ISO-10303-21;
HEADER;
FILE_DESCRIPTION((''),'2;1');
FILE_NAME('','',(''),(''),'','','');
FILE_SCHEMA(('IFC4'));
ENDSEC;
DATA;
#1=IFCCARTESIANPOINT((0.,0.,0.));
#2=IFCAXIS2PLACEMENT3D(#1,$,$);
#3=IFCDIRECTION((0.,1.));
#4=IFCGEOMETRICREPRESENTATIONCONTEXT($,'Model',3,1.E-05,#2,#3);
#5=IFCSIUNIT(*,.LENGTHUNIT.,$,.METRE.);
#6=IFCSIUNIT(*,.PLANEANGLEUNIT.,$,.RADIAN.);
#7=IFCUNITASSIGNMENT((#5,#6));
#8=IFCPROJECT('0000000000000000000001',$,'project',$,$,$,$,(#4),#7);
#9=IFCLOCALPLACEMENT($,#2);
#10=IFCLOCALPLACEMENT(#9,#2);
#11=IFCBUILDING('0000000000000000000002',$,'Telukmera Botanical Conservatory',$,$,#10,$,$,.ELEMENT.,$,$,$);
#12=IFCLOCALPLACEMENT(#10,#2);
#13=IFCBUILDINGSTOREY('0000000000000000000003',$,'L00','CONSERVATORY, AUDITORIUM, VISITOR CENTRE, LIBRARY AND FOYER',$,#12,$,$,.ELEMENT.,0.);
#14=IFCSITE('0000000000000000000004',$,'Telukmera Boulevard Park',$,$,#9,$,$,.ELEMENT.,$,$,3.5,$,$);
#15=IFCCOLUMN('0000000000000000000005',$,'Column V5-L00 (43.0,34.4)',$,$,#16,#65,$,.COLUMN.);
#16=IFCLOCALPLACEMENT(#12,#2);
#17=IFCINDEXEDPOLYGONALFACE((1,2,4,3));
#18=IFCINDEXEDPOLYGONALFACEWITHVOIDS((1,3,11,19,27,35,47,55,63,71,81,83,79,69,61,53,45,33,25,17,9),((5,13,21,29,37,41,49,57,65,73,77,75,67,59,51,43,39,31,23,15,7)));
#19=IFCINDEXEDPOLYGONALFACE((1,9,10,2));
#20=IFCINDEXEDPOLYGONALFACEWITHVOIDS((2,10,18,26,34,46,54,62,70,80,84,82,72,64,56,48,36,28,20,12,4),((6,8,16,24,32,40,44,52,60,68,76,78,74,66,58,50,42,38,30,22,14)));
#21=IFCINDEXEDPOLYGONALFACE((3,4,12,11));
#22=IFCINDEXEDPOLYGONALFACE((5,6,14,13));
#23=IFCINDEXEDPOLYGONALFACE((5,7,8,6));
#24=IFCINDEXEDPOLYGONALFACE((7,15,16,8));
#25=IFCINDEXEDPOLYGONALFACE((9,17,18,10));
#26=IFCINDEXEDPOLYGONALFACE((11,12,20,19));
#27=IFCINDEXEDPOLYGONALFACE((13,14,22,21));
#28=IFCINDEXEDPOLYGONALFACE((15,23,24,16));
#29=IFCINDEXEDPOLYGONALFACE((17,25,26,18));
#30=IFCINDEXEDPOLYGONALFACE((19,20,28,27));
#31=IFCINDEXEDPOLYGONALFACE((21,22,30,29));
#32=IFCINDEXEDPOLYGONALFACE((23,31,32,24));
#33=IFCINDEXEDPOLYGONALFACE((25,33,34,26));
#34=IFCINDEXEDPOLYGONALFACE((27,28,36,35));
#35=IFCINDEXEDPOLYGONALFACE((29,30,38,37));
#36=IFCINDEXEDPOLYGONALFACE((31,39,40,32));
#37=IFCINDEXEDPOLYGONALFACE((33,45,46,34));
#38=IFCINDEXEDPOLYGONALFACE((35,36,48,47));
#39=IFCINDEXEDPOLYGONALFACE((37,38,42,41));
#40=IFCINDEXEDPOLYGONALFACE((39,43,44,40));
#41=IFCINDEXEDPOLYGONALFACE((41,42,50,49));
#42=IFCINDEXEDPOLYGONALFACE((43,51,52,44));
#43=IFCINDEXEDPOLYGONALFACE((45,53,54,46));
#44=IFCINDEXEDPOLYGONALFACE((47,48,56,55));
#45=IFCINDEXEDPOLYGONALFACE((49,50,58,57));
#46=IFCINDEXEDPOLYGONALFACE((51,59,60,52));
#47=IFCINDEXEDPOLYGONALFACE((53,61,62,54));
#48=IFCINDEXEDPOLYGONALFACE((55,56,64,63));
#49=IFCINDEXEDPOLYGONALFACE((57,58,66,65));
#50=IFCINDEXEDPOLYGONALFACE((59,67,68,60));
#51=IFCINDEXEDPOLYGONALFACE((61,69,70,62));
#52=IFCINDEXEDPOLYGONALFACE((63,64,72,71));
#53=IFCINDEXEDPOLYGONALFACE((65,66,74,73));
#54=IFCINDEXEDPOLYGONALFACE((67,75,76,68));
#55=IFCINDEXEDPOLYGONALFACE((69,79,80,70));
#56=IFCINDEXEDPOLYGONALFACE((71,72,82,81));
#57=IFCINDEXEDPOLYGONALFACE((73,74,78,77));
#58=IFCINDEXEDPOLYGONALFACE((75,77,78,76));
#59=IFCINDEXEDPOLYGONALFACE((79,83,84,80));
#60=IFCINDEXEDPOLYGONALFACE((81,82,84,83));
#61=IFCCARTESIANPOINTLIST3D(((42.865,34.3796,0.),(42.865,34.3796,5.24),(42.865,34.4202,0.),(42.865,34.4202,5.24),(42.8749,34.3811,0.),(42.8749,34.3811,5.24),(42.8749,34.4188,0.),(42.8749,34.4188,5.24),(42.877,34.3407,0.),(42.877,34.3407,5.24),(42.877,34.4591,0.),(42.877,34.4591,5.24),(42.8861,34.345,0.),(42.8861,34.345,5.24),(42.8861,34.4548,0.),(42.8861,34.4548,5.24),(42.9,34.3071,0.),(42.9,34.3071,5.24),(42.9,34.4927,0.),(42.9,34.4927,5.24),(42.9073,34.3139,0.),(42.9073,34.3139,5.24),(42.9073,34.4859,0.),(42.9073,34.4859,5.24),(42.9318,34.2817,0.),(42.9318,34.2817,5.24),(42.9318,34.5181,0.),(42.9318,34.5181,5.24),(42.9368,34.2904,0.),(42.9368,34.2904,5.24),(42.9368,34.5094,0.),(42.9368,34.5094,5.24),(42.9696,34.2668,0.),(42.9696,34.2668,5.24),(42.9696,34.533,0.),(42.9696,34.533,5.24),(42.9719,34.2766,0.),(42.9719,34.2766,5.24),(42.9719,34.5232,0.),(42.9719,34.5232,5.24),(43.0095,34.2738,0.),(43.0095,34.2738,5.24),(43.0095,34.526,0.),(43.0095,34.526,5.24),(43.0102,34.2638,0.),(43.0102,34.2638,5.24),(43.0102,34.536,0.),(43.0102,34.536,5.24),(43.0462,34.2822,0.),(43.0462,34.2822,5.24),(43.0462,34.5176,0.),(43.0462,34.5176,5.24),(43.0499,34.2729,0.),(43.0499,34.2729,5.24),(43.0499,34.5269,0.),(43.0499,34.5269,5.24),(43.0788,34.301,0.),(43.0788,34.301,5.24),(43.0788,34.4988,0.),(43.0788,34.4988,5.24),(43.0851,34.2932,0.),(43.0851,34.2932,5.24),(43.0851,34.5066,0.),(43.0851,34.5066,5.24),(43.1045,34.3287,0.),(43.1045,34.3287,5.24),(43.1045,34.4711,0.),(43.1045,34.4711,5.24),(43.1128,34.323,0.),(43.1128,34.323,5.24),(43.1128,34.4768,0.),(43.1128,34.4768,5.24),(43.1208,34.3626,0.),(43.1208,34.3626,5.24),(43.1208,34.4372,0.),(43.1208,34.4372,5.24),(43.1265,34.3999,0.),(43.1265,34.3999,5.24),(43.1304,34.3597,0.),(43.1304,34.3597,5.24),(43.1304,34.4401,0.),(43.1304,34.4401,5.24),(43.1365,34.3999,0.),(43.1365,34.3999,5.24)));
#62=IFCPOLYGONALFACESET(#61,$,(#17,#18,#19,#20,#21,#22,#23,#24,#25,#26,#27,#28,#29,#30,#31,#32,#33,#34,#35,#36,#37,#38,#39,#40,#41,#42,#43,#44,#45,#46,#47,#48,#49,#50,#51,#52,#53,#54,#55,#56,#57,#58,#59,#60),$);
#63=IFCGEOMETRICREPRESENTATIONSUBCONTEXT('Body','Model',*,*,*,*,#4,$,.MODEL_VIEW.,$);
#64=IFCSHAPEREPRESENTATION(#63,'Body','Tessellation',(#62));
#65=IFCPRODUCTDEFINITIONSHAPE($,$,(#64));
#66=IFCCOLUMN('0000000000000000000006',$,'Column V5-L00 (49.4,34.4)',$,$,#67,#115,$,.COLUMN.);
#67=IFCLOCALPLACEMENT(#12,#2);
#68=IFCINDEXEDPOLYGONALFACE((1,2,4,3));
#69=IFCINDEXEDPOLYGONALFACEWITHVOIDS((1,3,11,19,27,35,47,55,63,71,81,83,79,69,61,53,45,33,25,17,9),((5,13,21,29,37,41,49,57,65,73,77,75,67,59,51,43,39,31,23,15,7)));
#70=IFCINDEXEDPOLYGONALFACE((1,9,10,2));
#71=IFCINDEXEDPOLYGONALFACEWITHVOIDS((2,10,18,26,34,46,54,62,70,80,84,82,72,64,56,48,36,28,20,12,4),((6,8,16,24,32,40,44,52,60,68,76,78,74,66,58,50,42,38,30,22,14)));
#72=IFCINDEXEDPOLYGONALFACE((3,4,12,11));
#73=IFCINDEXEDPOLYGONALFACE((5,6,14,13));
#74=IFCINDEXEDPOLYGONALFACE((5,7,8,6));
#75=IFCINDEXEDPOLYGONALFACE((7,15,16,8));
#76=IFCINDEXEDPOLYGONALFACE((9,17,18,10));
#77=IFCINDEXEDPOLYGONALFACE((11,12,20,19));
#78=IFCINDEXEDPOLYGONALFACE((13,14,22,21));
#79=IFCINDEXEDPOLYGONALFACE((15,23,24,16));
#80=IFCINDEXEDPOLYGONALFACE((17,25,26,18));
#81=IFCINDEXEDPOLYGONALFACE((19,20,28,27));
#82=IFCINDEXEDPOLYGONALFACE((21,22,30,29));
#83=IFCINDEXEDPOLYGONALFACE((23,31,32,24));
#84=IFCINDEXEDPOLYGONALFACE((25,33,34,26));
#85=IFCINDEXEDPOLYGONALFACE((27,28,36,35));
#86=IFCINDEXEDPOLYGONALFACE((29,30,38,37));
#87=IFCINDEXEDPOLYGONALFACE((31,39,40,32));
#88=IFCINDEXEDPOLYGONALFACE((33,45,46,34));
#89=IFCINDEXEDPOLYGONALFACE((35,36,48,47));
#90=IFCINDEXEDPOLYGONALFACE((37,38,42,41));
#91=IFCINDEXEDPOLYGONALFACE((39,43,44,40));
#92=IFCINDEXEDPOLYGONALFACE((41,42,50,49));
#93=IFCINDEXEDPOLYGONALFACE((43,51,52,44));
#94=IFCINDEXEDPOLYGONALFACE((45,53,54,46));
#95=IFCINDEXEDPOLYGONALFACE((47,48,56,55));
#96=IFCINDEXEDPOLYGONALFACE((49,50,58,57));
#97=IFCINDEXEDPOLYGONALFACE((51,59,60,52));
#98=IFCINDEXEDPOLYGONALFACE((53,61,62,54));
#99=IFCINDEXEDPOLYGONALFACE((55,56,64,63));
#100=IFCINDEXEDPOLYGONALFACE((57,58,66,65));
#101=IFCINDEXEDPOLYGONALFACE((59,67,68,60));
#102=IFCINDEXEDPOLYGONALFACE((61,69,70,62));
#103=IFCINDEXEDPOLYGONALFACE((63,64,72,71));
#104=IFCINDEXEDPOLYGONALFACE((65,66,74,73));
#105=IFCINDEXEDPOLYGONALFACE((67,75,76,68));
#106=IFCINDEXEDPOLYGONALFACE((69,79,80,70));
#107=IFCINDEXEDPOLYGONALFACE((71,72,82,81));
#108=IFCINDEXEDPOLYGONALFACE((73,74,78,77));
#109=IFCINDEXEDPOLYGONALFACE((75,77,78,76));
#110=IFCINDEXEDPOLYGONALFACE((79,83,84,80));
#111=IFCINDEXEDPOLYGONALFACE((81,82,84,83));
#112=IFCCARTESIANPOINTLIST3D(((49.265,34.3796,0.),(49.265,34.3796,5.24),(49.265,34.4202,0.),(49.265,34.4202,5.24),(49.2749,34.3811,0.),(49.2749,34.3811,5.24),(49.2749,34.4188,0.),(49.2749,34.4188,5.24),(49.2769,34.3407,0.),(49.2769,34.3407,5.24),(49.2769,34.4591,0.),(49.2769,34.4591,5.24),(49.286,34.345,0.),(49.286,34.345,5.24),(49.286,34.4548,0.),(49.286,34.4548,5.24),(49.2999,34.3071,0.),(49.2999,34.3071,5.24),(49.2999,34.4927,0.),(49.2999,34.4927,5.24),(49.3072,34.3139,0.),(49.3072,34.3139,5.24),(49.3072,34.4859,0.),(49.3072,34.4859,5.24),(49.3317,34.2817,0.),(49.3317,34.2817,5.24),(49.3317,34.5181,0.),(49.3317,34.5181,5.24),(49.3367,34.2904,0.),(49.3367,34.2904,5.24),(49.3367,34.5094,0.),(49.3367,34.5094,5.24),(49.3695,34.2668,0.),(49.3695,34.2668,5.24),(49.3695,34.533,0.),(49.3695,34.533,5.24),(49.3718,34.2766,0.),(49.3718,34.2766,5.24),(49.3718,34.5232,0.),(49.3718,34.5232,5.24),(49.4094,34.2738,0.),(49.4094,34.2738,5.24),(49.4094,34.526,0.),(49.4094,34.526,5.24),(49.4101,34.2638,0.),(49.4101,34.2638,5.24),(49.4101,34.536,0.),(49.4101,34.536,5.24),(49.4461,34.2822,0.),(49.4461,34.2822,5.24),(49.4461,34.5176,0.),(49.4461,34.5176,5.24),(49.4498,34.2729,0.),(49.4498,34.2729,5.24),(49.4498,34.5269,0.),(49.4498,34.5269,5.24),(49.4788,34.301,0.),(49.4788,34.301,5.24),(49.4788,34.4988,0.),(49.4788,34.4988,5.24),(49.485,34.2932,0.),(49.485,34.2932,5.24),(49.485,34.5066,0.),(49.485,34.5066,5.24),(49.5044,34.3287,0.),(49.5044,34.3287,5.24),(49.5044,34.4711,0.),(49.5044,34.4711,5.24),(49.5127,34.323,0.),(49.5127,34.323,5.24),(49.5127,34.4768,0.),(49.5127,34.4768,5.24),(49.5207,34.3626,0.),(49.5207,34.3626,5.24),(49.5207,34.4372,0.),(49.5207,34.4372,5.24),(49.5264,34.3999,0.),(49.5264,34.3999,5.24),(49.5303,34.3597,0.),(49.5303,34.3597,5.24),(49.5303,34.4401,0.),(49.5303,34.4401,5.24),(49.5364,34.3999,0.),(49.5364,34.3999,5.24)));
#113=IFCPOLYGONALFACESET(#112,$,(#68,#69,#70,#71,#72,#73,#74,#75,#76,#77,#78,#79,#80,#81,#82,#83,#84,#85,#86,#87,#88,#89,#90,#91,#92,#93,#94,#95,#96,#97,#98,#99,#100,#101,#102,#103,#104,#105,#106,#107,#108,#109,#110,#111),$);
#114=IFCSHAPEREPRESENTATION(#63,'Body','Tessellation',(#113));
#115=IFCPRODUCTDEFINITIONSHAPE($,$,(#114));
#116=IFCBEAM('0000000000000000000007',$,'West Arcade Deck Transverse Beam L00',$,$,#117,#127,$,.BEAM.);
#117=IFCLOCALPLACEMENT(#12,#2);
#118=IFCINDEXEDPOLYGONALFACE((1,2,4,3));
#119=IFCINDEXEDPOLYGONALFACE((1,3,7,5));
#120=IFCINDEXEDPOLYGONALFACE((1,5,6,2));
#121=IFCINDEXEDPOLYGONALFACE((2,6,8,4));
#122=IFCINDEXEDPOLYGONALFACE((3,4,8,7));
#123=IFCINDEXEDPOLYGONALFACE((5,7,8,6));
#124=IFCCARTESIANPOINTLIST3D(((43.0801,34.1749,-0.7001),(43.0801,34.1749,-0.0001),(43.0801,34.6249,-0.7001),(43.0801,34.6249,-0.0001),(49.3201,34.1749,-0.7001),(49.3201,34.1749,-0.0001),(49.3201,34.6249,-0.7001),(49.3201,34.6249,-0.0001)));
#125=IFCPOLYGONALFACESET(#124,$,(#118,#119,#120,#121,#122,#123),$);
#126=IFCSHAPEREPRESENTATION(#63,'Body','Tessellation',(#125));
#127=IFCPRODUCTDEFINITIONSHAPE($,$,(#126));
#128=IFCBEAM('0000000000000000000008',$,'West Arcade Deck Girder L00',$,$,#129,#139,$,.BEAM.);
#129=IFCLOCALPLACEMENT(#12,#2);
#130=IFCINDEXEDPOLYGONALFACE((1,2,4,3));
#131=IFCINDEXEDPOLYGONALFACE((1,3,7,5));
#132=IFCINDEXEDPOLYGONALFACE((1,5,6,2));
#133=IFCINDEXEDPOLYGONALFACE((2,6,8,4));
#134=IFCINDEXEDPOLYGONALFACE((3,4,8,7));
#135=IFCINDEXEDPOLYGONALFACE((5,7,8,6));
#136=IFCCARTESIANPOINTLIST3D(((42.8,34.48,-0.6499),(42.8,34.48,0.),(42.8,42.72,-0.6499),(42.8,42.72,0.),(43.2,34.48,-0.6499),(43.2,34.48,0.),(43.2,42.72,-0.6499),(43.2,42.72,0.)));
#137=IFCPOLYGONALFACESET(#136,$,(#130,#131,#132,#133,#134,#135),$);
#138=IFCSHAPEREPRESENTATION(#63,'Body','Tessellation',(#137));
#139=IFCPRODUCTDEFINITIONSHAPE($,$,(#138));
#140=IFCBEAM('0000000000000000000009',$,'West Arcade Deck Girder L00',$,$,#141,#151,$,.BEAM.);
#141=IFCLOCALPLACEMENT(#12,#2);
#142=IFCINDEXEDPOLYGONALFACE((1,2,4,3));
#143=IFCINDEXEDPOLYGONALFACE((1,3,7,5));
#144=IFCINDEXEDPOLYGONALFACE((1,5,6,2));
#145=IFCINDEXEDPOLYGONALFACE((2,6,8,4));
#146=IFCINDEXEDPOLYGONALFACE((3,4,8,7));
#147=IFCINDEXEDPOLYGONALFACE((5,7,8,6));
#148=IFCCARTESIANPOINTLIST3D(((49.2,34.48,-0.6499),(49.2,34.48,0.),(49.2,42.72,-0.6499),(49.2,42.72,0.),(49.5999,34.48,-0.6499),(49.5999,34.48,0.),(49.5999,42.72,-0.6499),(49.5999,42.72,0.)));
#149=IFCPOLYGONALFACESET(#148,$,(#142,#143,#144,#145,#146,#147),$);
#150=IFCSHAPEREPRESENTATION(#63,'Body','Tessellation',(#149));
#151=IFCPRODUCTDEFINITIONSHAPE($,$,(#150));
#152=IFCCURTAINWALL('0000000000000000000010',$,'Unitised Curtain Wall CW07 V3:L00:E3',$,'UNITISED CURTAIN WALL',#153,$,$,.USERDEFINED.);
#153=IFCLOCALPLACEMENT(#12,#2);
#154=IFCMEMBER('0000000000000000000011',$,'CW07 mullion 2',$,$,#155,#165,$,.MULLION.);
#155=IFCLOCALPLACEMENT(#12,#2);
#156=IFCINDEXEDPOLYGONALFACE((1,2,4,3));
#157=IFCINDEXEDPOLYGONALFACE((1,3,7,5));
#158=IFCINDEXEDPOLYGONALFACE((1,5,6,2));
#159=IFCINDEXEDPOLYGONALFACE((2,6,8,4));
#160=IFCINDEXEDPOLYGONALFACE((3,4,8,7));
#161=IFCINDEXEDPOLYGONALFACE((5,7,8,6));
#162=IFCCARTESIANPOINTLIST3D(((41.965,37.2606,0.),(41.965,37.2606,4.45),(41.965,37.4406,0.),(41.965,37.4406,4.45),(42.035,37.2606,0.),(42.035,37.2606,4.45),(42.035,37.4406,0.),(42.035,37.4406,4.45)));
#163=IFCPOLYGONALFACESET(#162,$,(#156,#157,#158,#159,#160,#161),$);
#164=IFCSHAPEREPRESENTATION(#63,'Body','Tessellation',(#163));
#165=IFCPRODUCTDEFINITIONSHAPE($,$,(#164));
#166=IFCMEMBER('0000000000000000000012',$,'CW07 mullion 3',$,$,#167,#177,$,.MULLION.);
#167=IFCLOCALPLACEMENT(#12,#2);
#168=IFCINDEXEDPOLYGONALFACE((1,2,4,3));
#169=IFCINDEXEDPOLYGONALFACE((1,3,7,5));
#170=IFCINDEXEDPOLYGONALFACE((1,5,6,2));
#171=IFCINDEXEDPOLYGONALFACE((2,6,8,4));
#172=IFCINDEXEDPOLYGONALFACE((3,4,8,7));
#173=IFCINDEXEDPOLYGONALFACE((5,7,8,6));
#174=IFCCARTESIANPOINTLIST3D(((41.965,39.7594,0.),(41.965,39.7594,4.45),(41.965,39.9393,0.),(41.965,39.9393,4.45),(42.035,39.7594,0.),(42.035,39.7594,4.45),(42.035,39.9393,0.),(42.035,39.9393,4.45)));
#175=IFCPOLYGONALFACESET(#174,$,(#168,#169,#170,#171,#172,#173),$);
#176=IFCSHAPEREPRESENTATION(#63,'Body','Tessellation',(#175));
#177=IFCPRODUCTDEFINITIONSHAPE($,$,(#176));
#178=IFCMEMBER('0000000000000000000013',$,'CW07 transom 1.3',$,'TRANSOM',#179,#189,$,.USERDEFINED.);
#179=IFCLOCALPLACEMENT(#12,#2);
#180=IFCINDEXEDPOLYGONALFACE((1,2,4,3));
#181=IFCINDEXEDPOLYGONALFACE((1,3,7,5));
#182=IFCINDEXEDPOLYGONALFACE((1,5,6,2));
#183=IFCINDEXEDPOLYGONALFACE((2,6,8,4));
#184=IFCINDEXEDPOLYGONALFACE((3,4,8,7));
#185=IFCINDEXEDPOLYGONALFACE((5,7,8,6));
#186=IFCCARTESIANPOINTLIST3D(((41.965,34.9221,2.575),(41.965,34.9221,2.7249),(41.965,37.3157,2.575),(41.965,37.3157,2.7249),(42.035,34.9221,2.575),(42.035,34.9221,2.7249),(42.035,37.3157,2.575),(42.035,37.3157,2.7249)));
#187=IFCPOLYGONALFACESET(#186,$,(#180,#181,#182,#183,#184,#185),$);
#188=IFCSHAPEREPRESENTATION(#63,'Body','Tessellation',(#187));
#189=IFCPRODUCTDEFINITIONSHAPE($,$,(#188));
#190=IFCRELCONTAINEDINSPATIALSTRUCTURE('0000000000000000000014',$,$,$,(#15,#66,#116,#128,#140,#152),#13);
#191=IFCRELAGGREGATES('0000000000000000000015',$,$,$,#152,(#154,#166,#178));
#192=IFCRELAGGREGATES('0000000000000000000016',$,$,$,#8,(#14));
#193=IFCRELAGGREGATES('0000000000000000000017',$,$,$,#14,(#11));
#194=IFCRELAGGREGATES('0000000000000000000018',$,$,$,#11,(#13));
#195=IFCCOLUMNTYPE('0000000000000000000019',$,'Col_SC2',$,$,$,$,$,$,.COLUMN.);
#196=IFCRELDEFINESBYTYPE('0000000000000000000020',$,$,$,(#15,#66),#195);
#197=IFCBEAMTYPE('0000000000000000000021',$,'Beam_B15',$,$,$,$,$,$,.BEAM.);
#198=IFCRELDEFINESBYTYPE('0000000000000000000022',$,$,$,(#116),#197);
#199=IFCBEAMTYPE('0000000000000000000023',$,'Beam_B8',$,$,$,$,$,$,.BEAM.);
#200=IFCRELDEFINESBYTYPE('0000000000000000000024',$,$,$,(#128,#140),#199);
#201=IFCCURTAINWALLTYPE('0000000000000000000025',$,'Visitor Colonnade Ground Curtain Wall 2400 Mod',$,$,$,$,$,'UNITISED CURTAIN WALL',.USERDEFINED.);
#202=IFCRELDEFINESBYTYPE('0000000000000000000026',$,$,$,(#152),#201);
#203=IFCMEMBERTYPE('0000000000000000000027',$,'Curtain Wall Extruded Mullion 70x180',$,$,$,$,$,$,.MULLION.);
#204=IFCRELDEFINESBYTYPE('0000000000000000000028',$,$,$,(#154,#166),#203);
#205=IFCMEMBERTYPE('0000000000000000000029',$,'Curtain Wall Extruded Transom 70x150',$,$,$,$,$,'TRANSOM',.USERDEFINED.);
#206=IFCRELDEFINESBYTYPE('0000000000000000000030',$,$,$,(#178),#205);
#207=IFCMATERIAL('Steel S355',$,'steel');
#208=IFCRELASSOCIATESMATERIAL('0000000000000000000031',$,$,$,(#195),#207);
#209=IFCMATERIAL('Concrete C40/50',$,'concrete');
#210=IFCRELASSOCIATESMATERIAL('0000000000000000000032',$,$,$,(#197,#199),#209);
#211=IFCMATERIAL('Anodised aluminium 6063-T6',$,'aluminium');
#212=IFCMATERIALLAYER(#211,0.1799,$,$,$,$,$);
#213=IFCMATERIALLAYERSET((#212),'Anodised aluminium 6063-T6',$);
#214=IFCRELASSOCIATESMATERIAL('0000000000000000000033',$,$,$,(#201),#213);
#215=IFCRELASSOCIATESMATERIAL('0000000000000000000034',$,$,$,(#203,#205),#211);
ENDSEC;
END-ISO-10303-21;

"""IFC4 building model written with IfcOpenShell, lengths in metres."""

from ifc_helpers import new_model, si_unit, direction, frame, origin, origin_2d, place, context, subcontext, project, spatial, rectangle, hollow_circle, extrude, material, layer, layer_set, material_profile, profile_set, type_object, element, aggregate, save


model = new_model("IFC4")

# Units and contexts
model_context = context("Model", 3, precision=1e-05, world=origin(), true_north=direction((0.0, 1.0)))
body_context = subcontext(model_context, "Body", "Model", "MODEL_VIEW")
ifc_project = project(units=[si_unit("LENGTHUNIT", "METRE"), si_unit("PLANEANGLEUNIT", "RADIAN")], contexts=[model_context])

# Site, building, storey
site_placement = place(None, origin())
site = spatial("IfcSite", under=ifc_project, at=site_placement, Name="Telukmera Boulevard Park", CompositionType="ELEMENT", RefElevation=3.5)
building_placement = place(site_placement, origin())
building = spatial("IfcBuilding", under=site, at=building_placement, Name="Telukmera Botanical Conservatory", CompositionType="ELEMENT")
storey_placement = place(building_placement, origin())
storey = spatial("IfcBuildingStorey", under=building, at=storey_placement, Name="L00", Description="CONSERVATORY, AUDITORIUM, VISITOR CENTRE, LIBRARY AND FOYER", CompositionType="ELEMENT", Elevation=0.0)

# Columns
ifc_material_1 = material(Name="Steel S355", Category="steel")
ifc_material_profile_1 = material_profile(ifc_material_1, hollow_circle(Radius=0.1365, WallThickness=0.01, at=origin_2d()), Name="CHS 273.0x10.0")
ifc_profile_set_1 = profile_set([ifc_material_profile_1], Name="Steel S355")
column_type = type_object("IfcColumnType", Name="Col_SC2", PredefinedType="COLUMN", material=ifc_profile_set_1)
for number, where, z_axis, x_axis, name in (
    (1, (43.0, 34.3999, 0.0), (0.0, 0.0, 1.0), (1.0, 0.0, 0.0), "Column V5-L00 (43.0,34.4)"),
    (2, (49.3999, 34.3999, 0.0), (0.0, 0.0, 1.0), (1.0, 0.0, 0.0), "Column V5-L00 (49.4,34.4)"),
):
    element("IfcColumn", number, at=place(storey_placement, frame(where, z_axis=z_axis, x_axis=x_axis)), inside=storey, type_object=column_type, Name=name, PredefinedType="COLUMN", context=body_context, shape_type="SweptSolid", body=[
        extrude(hollow_circle(Radius=0.1365, WallThickness=0.01, at=origin_2d()), origin(), (0.0, 0.0, 1.0), 5.24),
    ])

# Beams
ifc_material_2 = material(Name="Concrete C40/50", Category="concrete")
ifc_material_profile_2 = material_profile(ifc_material_2, rectangle(XDim=0.45, YDim=0.7, at=origin_2d()), Name="RC 450x700")
ifc_profile_set_2 = profile_set([ifc_material_profile_2], Name="Concrete C40/50")
beam_type_1 = type_object("IfcBeamType", Name="Beam_B15", PredefinedType="BEAM", material=ifc_profile_set_2)
beam_placement = place(storey_placement, frame((43.0801, 34.3999, -0.3501), z_axis=(1.0, 0.0, 0.0), x_axis=(0.0, 1.0, 0.0)))
element("IfcBeam", 3, at=beam_placement, inside=storey, type_object=beam_type_1, Name="West Arcade Deck Transverse Beam L00", PredefinedType="BEAM", context=body_context, shape_type="SweptSolid", body=[
    extrude(rectangle(XDim=0.45, YDim=0.7, at=origin_2d()), origin(), (0.0, 0.0, 1.0), 6.24),
])
ifc_material_profile_3 = material_profile(ifc_material_2, rectangle(XDim=0.3999, YDim=0.6499, at=origin_2d()), Name="RC 400x650")
ifc_profile_set_3 = profile_set([ifc_material_profile_3], Name="Concrete C40/50")
beam_type_2 = type_object("IfcBeamType", Name="Beam_B8", PredefinedType="BEAM", material=ifc_profile_set_3)
for number, where, z_axis, x_axis, name in (
    (4, (43.0, 34.48, -0.325), (0.0, 1.0, 0.0), (-1.0, 0.0, 0.0), "West Arcade Deck Girder L00"),
    (5, (49.3999, 34.48, -0.325), (0.0, 1.0, 0.0), (-1.0, 0.0, 0.0), "West Arcade Deck Girder L00"),
):
    element("IfcBeam", number, at=place(storey_placement, frame(where, z_axis=z_axis, x_axis=x_axis)), inside=storey, type_object=beam_type_2, Name=name, PredefinedType="BEAM", context=body_context, shape_type="SweptSolid", body=[
        extrude(rectangle(XDim=0.3999, YDim=0.6499, at=origin_2d()), origin(), (0.0, 0.0, 1.0), 8.24),
    ])

# Curtain wall, members
ifc_material_3 = material(Name="Anodised aluminium 6063-T6", Category="aluminium")
ifc_layer_1 = layer(ifc_material_3, 0.1799)
ifc_layer_set_1 = layer_set([ifc_layer_1], Name="Anodised aluminium 6063-T6")
curtain_wall_type = type_object("IfcCurtainWallType", Name="Visitor Colonnade Ground Curtain Wall 2400 Mod", ElementType="UNITISED CURTAIN WALL", PredefinedType="USERDEFINED", material=ifc_layer_set_1)
curtain_wall_placement = place(storey_placement, origin())
curtain_wall = element("IfcCurtainWall", 6, at=curtain_wall_placement, inside=storey, type_object=curtain_wall_type, Name="Unitised Curtain Wall CW07 V3:L00:E3", ObjectType="UNITISED CURTAIN WALL", PredefinedType="USERDEFINED")
ifc_material_profile_4 = material_profile(ifc_material_3, rectangle(XDim=0.0701, YDim=0.1799, at=origin_2d()), Name="ALU MULL 70x180")
ifc_profile_set_4 = profile_set([ifc_material_profile_4], Name="Anodised aluminium 6063-T6")
member_type_1 = type_object("IfcMemberType", Name="Curtain Wall Extruded Mullion 70x180", PredefinedType="MULLION", material=ifc_profile_set_4)
member_1_placement = place(storey_placement, frame((42.0, 37.3506, 0.0), z_axis=(0.0, 0.0, 1.0), x_axis=(-1.0, 0.0, 0.0)))
member_1 = element("IfcMember", 7, at=member_1_placement, type_object=member_type_1, Name="CW07 mullion 2", PredefinedType="MULLION", context=body_context, shape_type="SweptSolid", body=[
    extrude(rectangle(XDim=0.0701, YDim=0.1799, at=origin_2d()), origin(), (0.0, 0.0, 1.0), 4.45),
])
member_2_placement = place(storey_placement, frame((42.0, 39.8494, 0.0), z_axis=(0.0, 0.0, 1.0), x_axis=(-1.0, 0.0, 0.0)))
member_2 = element("IfcMember", 8, at=member_2_placement, type_object=member_type_1, Name="CW07 mullion 3", PredefinedType="MULLION", context=body_context, shape_type="SweptSolid", body=[
    extrude(rectangle(XDim=0.0701, YDim=0.1799, at=origin_2d()), origin(), (0.0, 0.0, 1.0), 4.45),
])
ifc_material_profile_5 = material_profile(ifc_material_3, rectangle(XDim=0.0701, YDim=0.1499, at=origin_2d()), Name="ALU TRAN 70x150")
ifc_profile_set_5 = profile_set([ifc_material_profile_5], Name="Anodised aluminium 6063-T6")
member_type_2 = type_object("IfcMemberType", Name="Curtain Wall Extruded Transom 70x150", ElementType="TRANSOM", PredefinedType="USERDEFINED", material=ifc_profile_set_5)
member_3_placement = place(storey_placement, frame((42.0, 34.9221, 2.6499), z_axis=(0.0, 1.0, 0.0), x_axis=(-1.0, 0.0, 0.0)))
member_3 = element("IfcMember", 9, at=member_3_placement, type_object=member_type_2, Name="CW07 transom 1.3", ObjectType="TRANSOM", PredefinedType="USERDEFINED", context=body_context, shape_type="SweptSolid", body=[
    extrude(rectangle(XDim=0.0701, YDim=0.1499, at=origin_2d()), origin(), (0.0, 0.0, 1.0), 2.3936),
])

aggregate(curtain_wall, [member_1, member_2, member_3])

save(model, "model.ifc")
